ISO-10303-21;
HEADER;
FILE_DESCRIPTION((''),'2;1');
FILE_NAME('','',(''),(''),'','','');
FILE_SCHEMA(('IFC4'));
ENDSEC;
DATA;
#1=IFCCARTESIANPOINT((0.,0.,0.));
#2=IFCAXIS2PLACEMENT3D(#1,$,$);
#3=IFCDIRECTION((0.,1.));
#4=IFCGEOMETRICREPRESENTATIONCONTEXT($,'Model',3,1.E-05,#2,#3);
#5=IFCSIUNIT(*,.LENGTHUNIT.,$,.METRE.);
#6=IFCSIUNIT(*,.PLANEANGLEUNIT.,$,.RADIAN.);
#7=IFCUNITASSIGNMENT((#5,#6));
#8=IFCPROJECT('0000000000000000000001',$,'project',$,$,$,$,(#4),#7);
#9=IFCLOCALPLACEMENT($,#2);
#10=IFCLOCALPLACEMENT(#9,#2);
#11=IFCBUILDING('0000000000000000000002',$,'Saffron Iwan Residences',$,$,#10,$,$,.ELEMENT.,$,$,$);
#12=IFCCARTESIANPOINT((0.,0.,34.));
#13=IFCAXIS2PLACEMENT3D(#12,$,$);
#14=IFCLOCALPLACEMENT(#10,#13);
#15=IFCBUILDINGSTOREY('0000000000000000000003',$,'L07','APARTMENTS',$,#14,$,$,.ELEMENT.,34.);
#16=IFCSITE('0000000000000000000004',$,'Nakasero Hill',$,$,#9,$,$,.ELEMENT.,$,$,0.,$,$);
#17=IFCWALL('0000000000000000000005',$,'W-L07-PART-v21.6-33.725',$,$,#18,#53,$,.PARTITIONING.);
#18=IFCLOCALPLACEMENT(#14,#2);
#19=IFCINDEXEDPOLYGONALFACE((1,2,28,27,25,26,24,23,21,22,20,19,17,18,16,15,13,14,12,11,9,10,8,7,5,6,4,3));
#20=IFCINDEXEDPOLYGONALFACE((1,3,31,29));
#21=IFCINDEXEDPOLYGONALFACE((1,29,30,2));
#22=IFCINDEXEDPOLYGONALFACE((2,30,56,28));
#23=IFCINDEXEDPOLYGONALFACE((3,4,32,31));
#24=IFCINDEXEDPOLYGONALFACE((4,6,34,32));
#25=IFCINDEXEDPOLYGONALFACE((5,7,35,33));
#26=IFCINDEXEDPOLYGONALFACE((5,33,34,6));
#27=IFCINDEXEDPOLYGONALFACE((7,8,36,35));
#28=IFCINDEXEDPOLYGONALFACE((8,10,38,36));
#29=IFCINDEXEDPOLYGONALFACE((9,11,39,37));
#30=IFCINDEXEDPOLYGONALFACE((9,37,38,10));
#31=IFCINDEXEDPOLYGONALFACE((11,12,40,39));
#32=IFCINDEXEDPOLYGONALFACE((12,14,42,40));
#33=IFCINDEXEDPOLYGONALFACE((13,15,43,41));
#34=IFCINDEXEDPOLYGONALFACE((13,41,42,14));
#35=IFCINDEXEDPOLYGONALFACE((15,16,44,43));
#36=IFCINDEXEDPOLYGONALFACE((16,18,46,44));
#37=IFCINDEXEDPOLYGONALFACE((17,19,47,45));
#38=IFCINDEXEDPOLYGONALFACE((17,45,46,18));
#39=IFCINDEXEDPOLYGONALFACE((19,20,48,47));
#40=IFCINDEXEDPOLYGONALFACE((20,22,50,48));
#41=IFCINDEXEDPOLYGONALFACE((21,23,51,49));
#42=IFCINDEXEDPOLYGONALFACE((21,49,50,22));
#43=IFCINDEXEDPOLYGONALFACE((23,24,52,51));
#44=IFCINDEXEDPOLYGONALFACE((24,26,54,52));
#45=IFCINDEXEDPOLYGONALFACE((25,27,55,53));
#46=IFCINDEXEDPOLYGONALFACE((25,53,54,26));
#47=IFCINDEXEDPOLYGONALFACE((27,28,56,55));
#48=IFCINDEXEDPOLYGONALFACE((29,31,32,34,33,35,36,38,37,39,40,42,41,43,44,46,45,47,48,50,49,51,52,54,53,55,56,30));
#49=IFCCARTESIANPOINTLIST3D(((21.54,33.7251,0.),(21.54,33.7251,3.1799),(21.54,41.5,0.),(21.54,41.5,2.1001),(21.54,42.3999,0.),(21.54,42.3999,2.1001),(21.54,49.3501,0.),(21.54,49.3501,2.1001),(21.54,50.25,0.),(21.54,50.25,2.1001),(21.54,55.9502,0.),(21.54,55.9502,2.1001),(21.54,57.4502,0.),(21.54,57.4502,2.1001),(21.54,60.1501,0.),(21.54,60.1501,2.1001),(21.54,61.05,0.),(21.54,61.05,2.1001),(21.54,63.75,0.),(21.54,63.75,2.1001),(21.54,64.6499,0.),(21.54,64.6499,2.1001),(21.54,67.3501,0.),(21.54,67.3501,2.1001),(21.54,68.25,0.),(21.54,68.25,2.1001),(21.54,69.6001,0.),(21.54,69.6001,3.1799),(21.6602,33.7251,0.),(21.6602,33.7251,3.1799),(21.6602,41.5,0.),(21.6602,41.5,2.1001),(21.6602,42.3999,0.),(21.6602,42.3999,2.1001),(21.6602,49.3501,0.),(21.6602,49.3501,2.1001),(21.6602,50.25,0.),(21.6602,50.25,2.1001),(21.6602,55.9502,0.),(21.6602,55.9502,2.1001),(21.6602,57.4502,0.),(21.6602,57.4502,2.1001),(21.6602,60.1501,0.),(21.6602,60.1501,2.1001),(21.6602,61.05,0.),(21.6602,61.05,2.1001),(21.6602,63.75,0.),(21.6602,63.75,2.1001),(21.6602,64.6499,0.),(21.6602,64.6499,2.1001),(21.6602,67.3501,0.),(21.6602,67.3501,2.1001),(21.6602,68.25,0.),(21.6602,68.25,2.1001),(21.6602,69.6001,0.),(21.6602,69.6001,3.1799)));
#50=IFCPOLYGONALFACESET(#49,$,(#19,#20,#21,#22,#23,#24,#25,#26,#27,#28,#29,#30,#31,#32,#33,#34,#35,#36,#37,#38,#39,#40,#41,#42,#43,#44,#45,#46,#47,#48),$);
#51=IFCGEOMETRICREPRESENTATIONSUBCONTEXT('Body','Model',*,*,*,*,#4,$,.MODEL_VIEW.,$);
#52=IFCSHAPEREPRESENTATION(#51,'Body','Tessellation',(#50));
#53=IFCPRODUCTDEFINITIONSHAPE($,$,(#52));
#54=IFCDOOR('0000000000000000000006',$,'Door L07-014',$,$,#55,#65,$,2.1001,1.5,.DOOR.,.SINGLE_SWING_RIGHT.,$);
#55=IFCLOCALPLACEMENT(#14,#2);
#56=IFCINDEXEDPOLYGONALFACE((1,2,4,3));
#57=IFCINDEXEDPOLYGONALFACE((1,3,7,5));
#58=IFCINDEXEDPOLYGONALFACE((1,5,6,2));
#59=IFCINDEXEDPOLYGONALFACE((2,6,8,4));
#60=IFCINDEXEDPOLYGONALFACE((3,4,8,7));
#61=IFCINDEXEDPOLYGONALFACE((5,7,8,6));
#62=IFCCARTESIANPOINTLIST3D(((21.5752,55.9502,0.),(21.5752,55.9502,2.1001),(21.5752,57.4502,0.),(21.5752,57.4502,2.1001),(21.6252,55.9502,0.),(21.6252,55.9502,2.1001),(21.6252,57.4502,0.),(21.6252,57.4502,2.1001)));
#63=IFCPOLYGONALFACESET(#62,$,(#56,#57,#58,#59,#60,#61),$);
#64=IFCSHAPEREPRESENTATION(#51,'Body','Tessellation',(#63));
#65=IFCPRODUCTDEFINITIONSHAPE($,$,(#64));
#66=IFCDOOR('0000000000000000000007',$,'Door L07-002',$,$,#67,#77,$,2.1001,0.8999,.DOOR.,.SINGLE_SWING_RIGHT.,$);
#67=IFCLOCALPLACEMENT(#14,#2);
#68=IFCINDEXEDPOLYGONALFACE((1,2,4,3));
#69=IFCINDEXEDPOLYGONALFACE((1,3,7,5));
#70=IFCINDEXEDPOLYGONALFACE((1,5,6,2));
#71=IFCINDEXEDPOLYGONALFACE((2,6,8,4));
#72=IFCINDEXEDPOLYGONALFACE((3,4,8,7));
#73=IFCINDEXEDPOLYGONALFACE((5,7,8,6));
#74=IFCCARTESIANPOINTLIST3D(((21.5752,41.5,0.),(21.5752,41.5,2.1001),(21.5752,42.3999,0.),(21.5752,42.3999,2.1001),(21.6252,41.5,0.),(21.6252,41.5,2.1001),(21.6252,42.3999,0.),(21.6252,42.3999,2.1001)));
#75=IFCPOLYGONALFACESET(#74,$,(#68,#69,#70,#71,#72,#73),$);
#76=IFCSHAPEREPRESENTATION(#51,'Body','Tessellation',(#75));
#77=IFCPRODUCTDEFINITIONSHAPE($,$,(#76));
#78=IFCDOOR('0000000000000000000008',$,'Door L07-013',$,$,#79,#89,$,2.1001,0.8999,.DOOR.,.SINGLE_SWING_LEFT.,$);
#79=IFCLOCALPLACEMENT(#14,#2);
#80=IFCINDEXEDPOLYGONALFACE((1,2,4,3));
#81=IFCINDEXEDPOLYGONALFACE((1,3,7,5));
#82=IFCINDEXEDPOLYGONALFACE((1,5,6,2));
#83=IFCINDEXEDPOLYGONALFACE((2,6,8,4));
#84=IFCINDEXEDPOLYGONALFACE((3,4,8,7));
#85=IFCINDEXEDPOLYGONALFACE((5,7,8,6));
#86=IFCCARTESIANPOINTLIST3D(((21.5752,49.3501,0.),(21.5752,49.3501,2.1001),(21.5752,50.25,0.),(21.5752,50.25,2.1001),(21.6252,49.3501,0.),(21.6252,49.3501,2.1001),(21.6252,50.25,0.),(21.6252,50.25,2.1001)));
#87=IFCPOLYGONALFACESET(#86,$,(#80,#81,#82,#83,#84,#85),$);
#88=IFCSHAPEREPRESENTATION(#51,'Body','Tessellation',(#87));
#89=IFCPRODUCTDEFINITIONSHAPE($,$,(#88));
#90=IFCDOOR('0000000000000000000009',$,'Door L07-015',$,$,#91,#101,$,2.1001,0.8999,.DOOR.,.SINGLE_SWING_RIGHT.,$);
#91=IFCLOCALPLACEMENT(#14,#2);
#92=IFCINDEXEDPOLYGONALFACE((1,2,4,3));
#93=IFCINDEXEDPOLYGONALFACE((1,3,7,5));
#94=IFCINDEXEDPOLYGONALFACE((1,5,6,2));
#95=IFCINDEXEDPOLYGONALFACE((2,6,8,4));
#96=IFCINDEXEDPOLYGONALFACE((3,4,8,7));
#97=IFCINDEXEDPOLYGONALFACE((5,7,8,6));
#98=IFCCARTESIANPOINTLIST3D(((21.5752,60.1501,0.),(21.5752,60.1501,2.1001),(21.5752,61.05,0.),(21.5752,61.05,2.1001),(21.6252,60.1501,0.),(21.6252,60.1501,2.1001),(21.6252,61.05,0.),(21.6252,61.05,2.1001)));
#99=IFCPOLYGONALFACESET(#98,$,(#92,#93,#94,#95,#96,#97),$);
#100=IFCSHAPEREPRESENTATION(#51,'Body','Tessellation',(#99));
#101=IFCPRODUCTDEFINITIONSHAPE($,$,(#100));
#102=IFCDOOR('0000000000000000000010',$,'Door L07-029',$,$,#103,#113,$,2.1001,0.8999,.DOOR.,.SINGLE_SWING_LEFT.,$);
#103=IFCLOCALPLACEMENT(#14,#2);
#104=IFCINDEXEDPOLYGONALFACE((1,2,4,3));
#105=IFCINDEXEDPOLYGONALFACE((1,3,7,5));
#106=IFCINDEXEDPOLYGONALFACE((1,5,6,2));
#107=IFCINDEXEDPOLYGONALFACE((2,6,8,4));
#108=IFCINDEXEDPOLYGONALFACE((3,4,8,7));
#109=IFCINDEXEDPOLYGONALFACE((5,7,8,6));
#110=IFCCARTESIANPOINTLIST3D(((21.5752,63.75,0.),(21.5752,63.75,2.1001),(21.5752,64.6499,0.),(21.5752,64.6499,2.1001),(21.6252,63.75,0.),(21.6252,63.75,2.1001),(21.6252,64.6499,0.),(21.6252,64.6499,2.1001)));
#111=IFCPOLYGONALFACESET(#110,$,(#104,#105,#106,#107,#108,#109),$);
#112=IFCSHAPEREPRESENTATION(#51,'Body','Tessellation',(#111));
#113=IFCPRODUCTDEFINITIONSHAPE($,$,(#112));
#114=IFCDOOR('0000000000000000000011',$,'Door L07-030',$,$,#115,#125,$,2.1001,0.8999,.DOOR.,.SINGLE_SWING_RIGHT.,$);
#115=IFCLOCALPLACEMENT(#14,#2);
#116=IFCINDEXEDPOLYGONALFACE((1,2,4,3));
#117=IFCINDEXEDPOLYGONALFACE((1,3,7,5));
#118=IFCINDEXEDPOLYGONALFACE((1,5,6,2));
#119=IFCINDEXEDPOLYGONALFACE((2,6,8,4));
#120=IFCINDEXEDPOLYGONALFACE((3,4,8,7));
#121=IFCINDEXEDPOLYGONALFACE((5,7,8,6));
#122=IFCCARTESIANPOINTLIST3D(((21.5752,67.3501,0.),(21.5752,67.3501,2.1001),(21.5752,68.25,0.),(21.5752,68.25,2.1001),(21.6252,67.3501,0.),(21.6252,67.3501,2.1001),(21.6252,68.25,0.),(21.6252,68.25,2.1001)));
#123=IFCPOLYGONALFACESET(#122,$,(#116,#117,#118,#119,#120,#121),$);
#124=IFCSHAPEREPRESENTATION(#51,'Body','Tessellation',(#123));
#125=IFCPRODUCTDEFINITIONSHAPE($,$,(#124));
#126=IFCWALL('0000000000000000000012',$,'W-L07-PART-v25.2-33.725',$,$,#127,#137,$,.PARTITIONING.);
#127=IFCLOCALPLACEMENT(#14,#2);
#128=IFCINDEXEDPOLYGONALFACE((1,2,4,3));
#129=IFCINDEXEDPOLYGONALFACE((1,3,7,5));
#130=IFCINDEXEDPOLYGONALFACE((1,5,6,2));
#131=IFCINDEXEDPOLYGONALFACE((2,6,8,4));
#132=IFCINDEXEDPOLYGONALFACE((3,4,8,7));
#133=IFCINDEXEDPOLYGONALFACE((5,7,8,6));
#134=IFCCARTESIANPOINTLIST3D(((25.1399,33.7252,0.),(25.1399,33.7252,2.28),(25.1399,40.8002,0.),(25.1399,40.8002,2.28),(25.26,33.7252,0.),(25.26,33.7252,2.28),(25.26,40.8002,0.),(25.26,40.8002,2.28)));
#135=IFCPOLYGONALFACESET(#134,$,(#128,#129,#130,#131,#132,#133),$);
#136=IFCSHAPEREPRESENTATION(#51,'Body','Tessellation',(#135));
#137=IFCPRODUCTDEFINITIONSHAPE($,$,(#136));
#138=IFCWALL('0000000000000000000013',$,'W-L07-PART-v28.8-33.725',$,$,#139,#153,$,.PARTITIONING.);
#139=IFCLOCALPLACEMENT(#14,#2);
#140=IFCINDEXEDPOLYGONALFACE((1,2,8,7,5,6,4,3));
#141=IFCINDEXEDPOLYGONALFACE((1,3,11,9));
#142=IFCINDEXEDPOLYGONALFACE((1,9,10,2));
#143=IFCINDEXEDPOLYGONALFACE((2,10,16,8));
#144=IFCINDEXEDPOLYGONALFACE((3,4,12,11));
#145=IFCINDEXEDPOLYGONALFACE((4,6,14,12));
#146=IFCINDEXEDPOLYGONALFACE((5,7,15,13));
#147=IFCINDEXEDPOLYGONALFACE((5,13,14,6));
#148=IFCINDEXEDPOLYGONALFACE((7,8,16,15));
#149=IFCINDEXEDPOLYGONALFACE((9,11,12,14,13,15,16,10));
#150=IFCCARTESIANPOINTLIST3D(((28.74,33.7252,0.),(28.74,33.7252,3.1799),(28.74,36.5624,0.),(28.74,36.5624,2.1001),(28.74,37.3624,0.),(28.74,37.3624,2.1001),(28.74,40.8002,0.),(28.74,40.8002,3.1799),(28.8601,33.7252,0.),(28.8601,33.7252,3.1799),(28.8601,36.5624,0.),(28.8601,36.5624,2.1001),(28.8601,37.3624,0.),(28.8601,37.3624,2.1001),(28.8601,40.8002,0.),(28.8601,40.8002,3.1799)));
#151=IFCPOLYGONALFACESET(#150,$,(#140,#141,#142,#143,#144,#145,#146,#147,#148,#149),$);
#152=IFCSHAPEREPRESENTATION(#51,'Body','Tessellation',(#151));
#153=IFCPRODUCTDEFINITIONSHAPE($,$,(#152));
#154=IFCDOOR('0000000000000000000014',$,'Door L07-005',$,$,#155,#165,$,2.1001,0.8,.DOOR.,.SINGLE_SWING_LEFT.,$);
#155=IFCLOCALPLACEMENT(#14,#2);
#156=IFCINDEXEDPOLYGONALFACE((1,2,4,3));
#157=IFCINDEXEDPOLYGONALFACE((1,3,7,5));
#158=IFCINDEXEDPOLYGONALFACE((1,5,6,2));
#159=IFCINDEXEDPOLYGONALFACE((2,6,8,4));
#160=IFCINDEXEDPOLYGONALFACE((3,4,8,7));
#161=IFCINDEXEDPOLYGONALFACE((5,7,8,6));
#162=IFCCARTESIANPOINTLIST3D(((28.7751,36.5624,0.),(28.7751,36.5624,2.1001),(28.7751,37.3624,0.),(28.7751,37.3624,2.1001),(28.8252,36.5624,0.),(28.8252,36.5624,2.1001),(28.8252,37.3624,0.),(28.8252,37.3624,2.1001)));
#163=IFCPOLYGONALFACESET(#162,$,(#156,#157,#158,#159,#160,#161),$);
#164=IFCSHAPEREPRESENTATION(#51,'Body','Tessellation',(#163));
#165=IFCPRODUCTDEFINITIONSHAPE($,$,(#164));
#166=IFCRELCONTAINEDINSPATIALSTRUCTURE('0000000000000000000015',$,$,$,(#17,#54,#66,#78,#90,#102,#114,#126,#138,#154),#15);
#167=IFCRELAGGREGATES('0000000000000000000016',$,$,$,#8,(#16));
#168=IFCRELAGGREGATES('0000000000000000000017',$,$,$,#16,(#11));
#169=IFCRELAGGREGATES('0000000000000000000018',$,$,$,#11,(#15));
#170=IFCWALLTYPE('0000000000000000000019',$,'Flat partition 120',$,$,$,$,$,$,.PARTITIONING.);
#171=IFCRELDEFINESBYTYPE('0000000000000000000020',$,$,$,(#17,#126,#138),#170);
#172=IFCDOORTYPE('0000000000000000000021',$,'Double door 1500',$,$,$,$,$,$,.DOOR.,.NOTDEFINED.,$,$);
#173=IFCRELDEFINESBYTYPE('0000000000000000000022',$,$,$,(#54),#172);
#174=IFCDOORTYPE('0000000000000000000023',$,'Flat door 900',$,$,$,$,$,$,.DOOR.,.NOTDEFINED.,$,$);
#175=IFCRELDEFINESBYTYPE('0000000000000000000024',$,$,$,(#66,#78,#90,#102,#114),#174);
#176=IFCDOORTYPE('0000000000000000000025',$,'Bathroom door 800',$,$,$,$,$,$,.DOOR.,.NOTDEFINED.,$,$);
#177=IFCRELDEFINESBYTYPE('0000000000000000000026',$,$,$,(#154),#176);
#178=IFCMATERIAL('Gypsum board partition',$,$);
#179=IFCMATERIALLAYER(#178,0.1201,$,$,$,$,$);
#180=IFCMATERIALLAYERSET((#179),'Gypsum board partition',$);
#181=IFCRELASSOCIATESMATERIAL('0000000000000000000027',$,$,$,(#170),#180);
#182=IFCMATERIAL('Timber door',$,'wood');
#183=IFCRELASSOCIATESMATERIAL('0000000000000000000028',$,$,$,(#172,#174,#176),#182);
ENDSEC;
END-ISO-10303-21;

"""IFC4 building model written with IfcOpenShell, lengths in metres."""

from ifc_helpers import new_model, si_unit, direction, frame, frame_2d, origin, place, context, subcontext, project, spatial, rectangle, extrude, material, layer, layer_set, type_object, element, fill, save


model = new_model("IFC4")

# Units and contexts
model_context = context("Model", 3, precision=1e-05, world=origin(), true_north=direction((0.0, 1.0)))
body_context = subcontext(model_context, "Body", "Model", "MODEL_VIEW")
ifc_project = project(units=[si_unit("LENGTHUNIT", "METRE"), si_unit("PLANEANGLEUNIT", "RADIAN")], contexts=[model_context])

# Site, building, storey
site_placement = place(None, origin())
site = spatial("IfcSite", under=ifc_project, at=site_placement, Name="Nakasero Hill", CompositionType="ELEMENT", RefElevation=0.0)
building_placement = place(site_placement, origin())
building = spatial("IfcBuilding", under=site, at=building_placement, Name="Saffron Iwan Residences", CompositionType="ELEMENT")
storey_placement = place(building_placement, frame((0.0, 0.0, 34.0)))
storey = spatial("IfcBuildingStorey", under=building, at=storey_placement, Name="L07", Description="APARTMENTS", CompositionType="ELEMENT", Elevation=34.0)

# Wall, openings, doors
ifc_material_1 = material(Name="Gypsum board partition")
ifc_layer_1 = layer(ifc_material_1, 0.1201)
ifc_layer_set_1 = layer_set([ifc_layer_1], Name="Gypsum board partition")
wall_type_1 = type_object("IfcWallType", Name="Flat partition 120", PredefinedType="PARTITIONING", material=ifc_layer_set_1)
wall_1_placement = place(storey_placement, frame((21.6001, 33.7251, 0.0), z_axis=(0.0, 0.0, 1.0), x_axis=(0.0, 1.0, 0.0)))
wall_1 = element("IfcWall", 1, at=wall_1_placement, inside=storey, type_object=wall_type_1, Name="W-L07-PART-v21.6-33.725", PredefinedType="PARTITIONING", context=body_context, shape_type="SweptSolid", body=[
    extrude(rectangle(XDim=35.875, YDim=0.1201, at=frame_2d((17.9375, 0.0))), origin(), (0.0, 0.0, 1.0), 3.1799),
])
opening_1_placement = place(wall_1_placement, frame((7.7749, 0.0, 0.0)))
opening_1 = element("IfcOpeningElement", 2, at=opening_1_placement, cuts=wall_1, PredefinedType="OPENING", context=body_context, shape_type="SweptSolid", body=[
    extrude(rectangle(XDim=0.8999, YDim=2.1001, at=frame_2d((0.45, 1.05))), frame((0.0, 0.0701, 0.0), z_axis=(0.0, -1.0, 0.0), x_axis=(1.0, 0.0, 0.0)), (0.0, 0.0, 1.0), 0.1401),
])
opening_2_placement = place(wall_1_placement, frame((15.625, 0.0, 0.0)))
opening_2 = element("IfcOpeningElement", 3, at=opening_2_placement, cuts=wall_1, PredefinedType="OPENING", context=body_context, shape_type="SweptSolid", body=[
    extrude(rectangle(XDim=0.8999, YDim=2.1001, at=frame_2d((0.45, 1.05))), frame((0.0, 0.0701, 0.0), z_axis=(0.0, -1.0, 0.0), x_axis=(1.0, 0.0, 0.0)), (0.0, 0.0, 1.0), 0.1401),
])
opening_3_placement = place(wall_1_placement, frame((22.2251, 0.0, 0.0)))
opening_3 = element("IfcOpeningElement", 4, at=opening_3_placement, cuts=wall_1, PredefinedType="OPENING", context=body_context, shape_type="SweptSolid", body=[
    extrude(rectangle(XDim=1.5, YDim=2.1001, at=frame_2d((0.75, 1.05))), frame((0.0, 0.0701, 0.0), z_axis=(0.0, -1.0, 0.0), x_axis=(1.0, 0.0, 0.0)), (0.0, 0.0, 1.0), 0.1401),
])
opening_4_placement = place(wall_1_placement, frame((26.425, 0.0, 0.0)))
opening_4 = element("IfcOpeningElement", 5, at=opening_4_placement, cuts=wall_1, PredefinedType="OPENING", context=body_context, shape_type="SweptSolid", body=[
    extrude(rectangle(XDim=0.8999, YDim=2.1001, at=frame_2d((0.45, 1.05))), frame((0.0, 0.0701, 0.0), z_axis=(0.0, -1.0, 0.0), x_axis=(1.0, 0.0, 0.0)), (0.0, 0.0, 1.0), 0.1401),
])
opening_5_placement = place(wall_1_placement, frame((30.0249, 0.0, 0.0)))
opening_5 = element("IfcOpeningElement", 6, at=opening_5_placement, cuts=wall_1, PredefinedType="OPENING", context=body_context, shape_type="SweptSolid", body=[
    extrude(rectangle(XDim=0.8999, YDim=2.1001, at=frame_2d((0.45, 1.05))), frame((0.0, 0.0701, 0.0), z_axis=(0.0, -1.0, 0.0), x_axis=(1.0, 0.0, 0.0)), (0.0, 0.0, 1.0), 0.1401),
])
opening_6_placement = place(wall_1_placement, frame((33.625, 0.0, 0.0)))
opening_6 = element("IfcOpeningElement", 7, at=opening_6_placement, cuts=wall_1, PredefinedType="OPENING", context=body_context, shape_type="SweptSolid", body=[
    extrude(rectangle(XDim=0.8999, YDim=2.1001, at=frame_2d((0.45, 1.05))), frame((0.0, 0.0701, 0.0), z_axis=(0.0, -1.0, 0.0), x_axis=(1.0, 0.0, 0.0)), (0.0, 0.0, 1.0), 0.1401),
])
ifc_material_2 = material(Name="Timber door", Category="wood")
door_type_1 = type_object("IfcDoorType", Name="Double door 1500", OperationType="NOTDEFINED", PredefinedType="DOOR", material=ifc_material_2)
door_1_placement = place(opening_3_placement, origin())
door_1 = element("IfcDoor", 8, at=door_1_placement, inside=storey, type_object=door_type_1, Name="Door L07-014", OperationType="SINGLE_SWING_RIGHT", OverallHeight=2.1001, OverallWidth=1.5, PredefinedType="DOOR", context=body_context, shape_type="SweptSolid", body=[
    extrude(rectangle(XDim=1.5, YDim=2.1001, at=frame_2d((0.75, 1.05))), frame((0.0, 0.0249, 0.0), z_axis=(0.0, -1.0, 0.0), x_axis=(1.0, 0.0, 0.0)), (0.0, 0.0, 1.0), 0.05),
])
fill(opening_3, door_1)
door_type_2 = type_object("IfcDoorType", Name="Flat door 900", OperationType="NOTDEFINED", PredefinedType="DOOR", material=ifc_material_2)
door_2_placement = place(opening_1_placement, origin())
door_2 = element("IfcDoor", 9, at=door_2_placement, inside=storey, type_object=door_type_2, Name="Door L07-002", OperationType="SINGLE_SWING_RIGHT", OverallHeight=2.1001, OverallWidth=0.8999, PredefinedType="DOOR", context=body_context, shape_type="SweptSolid", body=[
    extrude(rectangle(XDim=0.8999, YDim=2.1001, at=frame_2d((0.45, 1.05))), frame((0.0, 0.0249, 0.0), z_axis=(0.0, -1.0, 0.0), x_axis=(1.0, 0.0, 0.0)), (0.0, 0.0, 1.0), 0.05),
])
fill(opening_1, door_2)
door_3_placement = place(opening_2_placement, origin())
door_3 = element("IfcDoor", 10, at=door_3_placement, inside=storey, type_object=door_type_2, Name="Door L07-013", OperationType="SINGLE_SWING_LEFT", OverallHeight=2.1001, OverallWidth=0.8999, PredefinedType="DOOR", context=body_context, shape_type="SweptSolid", body=[
    extrude(rectangle(XDim=0.8999, YDim=2.1001, at=frame_2d((0.45, 1.05))), frame((0.0, 0.0249, 0.0), z_axis=(0.0, -1.0, 0.0), x_axis=(1.0, 0.0, 0.0)), (0.0, 0.0, 1.0), 0.05),
])
fill(opening_2, door_3)
door_4_placement = place(opening_4_placement, origin())
door_4 = element("IfcDoor", 11, at=door_4_placement, inside=storey, type_object=door_type_2, Name="Door L07-015", OperationType="SINGLE_SWING_RIGHT", OverallHeight=2.1001, OverallWidth=0.8999, PredefinedType="DOOR", context=body_context, shape_type="SweptSolid", body=[
    extrude(rectangle(XDim=0.8999, YDim=2.1001, at=frame_2d((0.45, 1.05))), frame((0.0, 0.0249, 0.0), z_axis=(0.0, -1.0, 0.0), x_axis=(1.0, 0.0, 0.0)), (0.0, 0.0, 1.0), 0.05),
])
fill(opening_4, door_4)
door_5_placement = place(opening_5_placement, origin())
door_5 = element("IfcDoor", 12, at=door_5_placement, inside=storey, type_object=door_type_2, Name="Door L07-029", OperationType="SINGLE_SWING_LEFT", OverallHeight=2.1001, OverallWidth=0.8999, PredefinedType="DOOR", context=body_context, shape_type="SweptSolid", body=[
    extrude(rectangle(XDim=0.8999, YDim=2.1001, at=frame_2d((0.45, 1.05))), frame((0.0, 0.0249, 0.0), z_axis=(0.0, -1.0, 0.0), x_axis=(1.0, 0.0, 0.0)), (0.0, 0.0, 1.0), 0.05),
])
fill(opening_5, door_5)
door_6_placement = place(opening_6_placement, origin())
door_6 = element("IfcDoor", 13, at=door_6_placement, inside=storey, type_object=door_type_2, Name="Door L07-030", OperationType="SINGLE_SWING_RIGHT", OverallHeight=2.1001, OverallWidth=0.8999, PredefinedType="DOOR", context=body_context, shape_type="SweptSolid", body=[
    extrude(rectangle(XDim=0.8999, YDim=2.1001, at=frame_2d((0.45, 1.05))), frame((0.0, 0.0249, 0.0), z_axis=(0.0, -1.0, 0.0), x_axis=(1.0, 0.0, 0.0)), (0.0, 0.0, 1.0), 0.05),
])
fill(opening_6, door_6)

# Wall
wall_2_placement = place(storey_placement, frame((25.2, 33.7251, 0.0), z_axis=(0.0, 0.0, 1.0), x_axis=(0.0, 1.0, 0.0)))
element("IfcWall", 14, at=wall_2_placement, inside=storey, type_object=wall_type_1, Name="W-L07-PART-v25.2-33.725", PredefinedType="PARTITIONING", context=body_context, shape_type="SweptSolid", body=[
    extrude(rectangle(XDim=7.075, YDim=0.1201, at=frame_2d((3.5376, 0.0))), origin(), (0.0, 0.0, 1.0), 2.28),
])

# Wall, opening, door
wall_3_placement = place(storey_placement, frame((28.8, 33.7251, 0.0), z_axis=(0.0, 0.0, 1.0), x_axis=(0.0, 1.0, 0.0)))
wall_3 = element("IfcWall", 15, at=wall_3_placement, inside=storey, type_object=wall_type_1, Name="W-L07-PART-v28.8-33.725", PredefinedType="PARTITIONING", context=body_context, shape_type="SweptSolid", body=[
    extrude(rectangle(XDim=7.075, YDim=0.1201, at=frame_2d((3.5376, 0.0))), origin(), (0.0, 0.0, 1.0), 3.1799),
])
opening_7_placement = place(wall_3_placement, frame((2.8374, 0.0, 0.0)))
opening_7 = element("IfcOpeningElement", 16, at=opening_7_placement, cuts=wall_3, PredefinedType="OPENING", context=body_context, shape_type="SweptSolid", body=[
    extrude(rectangle(XDim=0.8, YDim=2.1001, at=frame_2d((0.3999, 1.05))), frame((0.0, 0.0701, 0.0), z_axis=(0.0, -1.0, 0.0), x_axis=(1.0, 0.0, 0.0)), (0.0, 0.0, 1.0), 0.1401),
])
door_type_3 = type_object("IfcDoorType", Name="Bathroom door 800", OperationType="NOTDEFINED", PredefinedType="DOOR", material=ifc_material_2)
door_7_placement = place(opening_7_placement, origin())
door_7 = element("IfcDoor", 17, at=door_7_placement, inside=storey, type_object=door_type_3, Name="Door L07-005", OperationType="SINGLE_SWING_LEFT", OverallHeight=2.1001, OverallWidth=0.8, PredefinedType="DOOR", context=body_context, shape_type="SweptSolid", body=[
    extrude(rectangle(XDim=0.8, YDim=2.1001, at=frame_2d((0.3999, 1.05))), frame((0.0, 0.0249, 0.0), z_axis=(0.0, -1.0, 0.0), x_axis=(1.0, 0.0, 0.0)), (0.0, 0.0, 1.0), 0.05),
])
fill(opening_7, door_7)

save(model, "model.ifc")
